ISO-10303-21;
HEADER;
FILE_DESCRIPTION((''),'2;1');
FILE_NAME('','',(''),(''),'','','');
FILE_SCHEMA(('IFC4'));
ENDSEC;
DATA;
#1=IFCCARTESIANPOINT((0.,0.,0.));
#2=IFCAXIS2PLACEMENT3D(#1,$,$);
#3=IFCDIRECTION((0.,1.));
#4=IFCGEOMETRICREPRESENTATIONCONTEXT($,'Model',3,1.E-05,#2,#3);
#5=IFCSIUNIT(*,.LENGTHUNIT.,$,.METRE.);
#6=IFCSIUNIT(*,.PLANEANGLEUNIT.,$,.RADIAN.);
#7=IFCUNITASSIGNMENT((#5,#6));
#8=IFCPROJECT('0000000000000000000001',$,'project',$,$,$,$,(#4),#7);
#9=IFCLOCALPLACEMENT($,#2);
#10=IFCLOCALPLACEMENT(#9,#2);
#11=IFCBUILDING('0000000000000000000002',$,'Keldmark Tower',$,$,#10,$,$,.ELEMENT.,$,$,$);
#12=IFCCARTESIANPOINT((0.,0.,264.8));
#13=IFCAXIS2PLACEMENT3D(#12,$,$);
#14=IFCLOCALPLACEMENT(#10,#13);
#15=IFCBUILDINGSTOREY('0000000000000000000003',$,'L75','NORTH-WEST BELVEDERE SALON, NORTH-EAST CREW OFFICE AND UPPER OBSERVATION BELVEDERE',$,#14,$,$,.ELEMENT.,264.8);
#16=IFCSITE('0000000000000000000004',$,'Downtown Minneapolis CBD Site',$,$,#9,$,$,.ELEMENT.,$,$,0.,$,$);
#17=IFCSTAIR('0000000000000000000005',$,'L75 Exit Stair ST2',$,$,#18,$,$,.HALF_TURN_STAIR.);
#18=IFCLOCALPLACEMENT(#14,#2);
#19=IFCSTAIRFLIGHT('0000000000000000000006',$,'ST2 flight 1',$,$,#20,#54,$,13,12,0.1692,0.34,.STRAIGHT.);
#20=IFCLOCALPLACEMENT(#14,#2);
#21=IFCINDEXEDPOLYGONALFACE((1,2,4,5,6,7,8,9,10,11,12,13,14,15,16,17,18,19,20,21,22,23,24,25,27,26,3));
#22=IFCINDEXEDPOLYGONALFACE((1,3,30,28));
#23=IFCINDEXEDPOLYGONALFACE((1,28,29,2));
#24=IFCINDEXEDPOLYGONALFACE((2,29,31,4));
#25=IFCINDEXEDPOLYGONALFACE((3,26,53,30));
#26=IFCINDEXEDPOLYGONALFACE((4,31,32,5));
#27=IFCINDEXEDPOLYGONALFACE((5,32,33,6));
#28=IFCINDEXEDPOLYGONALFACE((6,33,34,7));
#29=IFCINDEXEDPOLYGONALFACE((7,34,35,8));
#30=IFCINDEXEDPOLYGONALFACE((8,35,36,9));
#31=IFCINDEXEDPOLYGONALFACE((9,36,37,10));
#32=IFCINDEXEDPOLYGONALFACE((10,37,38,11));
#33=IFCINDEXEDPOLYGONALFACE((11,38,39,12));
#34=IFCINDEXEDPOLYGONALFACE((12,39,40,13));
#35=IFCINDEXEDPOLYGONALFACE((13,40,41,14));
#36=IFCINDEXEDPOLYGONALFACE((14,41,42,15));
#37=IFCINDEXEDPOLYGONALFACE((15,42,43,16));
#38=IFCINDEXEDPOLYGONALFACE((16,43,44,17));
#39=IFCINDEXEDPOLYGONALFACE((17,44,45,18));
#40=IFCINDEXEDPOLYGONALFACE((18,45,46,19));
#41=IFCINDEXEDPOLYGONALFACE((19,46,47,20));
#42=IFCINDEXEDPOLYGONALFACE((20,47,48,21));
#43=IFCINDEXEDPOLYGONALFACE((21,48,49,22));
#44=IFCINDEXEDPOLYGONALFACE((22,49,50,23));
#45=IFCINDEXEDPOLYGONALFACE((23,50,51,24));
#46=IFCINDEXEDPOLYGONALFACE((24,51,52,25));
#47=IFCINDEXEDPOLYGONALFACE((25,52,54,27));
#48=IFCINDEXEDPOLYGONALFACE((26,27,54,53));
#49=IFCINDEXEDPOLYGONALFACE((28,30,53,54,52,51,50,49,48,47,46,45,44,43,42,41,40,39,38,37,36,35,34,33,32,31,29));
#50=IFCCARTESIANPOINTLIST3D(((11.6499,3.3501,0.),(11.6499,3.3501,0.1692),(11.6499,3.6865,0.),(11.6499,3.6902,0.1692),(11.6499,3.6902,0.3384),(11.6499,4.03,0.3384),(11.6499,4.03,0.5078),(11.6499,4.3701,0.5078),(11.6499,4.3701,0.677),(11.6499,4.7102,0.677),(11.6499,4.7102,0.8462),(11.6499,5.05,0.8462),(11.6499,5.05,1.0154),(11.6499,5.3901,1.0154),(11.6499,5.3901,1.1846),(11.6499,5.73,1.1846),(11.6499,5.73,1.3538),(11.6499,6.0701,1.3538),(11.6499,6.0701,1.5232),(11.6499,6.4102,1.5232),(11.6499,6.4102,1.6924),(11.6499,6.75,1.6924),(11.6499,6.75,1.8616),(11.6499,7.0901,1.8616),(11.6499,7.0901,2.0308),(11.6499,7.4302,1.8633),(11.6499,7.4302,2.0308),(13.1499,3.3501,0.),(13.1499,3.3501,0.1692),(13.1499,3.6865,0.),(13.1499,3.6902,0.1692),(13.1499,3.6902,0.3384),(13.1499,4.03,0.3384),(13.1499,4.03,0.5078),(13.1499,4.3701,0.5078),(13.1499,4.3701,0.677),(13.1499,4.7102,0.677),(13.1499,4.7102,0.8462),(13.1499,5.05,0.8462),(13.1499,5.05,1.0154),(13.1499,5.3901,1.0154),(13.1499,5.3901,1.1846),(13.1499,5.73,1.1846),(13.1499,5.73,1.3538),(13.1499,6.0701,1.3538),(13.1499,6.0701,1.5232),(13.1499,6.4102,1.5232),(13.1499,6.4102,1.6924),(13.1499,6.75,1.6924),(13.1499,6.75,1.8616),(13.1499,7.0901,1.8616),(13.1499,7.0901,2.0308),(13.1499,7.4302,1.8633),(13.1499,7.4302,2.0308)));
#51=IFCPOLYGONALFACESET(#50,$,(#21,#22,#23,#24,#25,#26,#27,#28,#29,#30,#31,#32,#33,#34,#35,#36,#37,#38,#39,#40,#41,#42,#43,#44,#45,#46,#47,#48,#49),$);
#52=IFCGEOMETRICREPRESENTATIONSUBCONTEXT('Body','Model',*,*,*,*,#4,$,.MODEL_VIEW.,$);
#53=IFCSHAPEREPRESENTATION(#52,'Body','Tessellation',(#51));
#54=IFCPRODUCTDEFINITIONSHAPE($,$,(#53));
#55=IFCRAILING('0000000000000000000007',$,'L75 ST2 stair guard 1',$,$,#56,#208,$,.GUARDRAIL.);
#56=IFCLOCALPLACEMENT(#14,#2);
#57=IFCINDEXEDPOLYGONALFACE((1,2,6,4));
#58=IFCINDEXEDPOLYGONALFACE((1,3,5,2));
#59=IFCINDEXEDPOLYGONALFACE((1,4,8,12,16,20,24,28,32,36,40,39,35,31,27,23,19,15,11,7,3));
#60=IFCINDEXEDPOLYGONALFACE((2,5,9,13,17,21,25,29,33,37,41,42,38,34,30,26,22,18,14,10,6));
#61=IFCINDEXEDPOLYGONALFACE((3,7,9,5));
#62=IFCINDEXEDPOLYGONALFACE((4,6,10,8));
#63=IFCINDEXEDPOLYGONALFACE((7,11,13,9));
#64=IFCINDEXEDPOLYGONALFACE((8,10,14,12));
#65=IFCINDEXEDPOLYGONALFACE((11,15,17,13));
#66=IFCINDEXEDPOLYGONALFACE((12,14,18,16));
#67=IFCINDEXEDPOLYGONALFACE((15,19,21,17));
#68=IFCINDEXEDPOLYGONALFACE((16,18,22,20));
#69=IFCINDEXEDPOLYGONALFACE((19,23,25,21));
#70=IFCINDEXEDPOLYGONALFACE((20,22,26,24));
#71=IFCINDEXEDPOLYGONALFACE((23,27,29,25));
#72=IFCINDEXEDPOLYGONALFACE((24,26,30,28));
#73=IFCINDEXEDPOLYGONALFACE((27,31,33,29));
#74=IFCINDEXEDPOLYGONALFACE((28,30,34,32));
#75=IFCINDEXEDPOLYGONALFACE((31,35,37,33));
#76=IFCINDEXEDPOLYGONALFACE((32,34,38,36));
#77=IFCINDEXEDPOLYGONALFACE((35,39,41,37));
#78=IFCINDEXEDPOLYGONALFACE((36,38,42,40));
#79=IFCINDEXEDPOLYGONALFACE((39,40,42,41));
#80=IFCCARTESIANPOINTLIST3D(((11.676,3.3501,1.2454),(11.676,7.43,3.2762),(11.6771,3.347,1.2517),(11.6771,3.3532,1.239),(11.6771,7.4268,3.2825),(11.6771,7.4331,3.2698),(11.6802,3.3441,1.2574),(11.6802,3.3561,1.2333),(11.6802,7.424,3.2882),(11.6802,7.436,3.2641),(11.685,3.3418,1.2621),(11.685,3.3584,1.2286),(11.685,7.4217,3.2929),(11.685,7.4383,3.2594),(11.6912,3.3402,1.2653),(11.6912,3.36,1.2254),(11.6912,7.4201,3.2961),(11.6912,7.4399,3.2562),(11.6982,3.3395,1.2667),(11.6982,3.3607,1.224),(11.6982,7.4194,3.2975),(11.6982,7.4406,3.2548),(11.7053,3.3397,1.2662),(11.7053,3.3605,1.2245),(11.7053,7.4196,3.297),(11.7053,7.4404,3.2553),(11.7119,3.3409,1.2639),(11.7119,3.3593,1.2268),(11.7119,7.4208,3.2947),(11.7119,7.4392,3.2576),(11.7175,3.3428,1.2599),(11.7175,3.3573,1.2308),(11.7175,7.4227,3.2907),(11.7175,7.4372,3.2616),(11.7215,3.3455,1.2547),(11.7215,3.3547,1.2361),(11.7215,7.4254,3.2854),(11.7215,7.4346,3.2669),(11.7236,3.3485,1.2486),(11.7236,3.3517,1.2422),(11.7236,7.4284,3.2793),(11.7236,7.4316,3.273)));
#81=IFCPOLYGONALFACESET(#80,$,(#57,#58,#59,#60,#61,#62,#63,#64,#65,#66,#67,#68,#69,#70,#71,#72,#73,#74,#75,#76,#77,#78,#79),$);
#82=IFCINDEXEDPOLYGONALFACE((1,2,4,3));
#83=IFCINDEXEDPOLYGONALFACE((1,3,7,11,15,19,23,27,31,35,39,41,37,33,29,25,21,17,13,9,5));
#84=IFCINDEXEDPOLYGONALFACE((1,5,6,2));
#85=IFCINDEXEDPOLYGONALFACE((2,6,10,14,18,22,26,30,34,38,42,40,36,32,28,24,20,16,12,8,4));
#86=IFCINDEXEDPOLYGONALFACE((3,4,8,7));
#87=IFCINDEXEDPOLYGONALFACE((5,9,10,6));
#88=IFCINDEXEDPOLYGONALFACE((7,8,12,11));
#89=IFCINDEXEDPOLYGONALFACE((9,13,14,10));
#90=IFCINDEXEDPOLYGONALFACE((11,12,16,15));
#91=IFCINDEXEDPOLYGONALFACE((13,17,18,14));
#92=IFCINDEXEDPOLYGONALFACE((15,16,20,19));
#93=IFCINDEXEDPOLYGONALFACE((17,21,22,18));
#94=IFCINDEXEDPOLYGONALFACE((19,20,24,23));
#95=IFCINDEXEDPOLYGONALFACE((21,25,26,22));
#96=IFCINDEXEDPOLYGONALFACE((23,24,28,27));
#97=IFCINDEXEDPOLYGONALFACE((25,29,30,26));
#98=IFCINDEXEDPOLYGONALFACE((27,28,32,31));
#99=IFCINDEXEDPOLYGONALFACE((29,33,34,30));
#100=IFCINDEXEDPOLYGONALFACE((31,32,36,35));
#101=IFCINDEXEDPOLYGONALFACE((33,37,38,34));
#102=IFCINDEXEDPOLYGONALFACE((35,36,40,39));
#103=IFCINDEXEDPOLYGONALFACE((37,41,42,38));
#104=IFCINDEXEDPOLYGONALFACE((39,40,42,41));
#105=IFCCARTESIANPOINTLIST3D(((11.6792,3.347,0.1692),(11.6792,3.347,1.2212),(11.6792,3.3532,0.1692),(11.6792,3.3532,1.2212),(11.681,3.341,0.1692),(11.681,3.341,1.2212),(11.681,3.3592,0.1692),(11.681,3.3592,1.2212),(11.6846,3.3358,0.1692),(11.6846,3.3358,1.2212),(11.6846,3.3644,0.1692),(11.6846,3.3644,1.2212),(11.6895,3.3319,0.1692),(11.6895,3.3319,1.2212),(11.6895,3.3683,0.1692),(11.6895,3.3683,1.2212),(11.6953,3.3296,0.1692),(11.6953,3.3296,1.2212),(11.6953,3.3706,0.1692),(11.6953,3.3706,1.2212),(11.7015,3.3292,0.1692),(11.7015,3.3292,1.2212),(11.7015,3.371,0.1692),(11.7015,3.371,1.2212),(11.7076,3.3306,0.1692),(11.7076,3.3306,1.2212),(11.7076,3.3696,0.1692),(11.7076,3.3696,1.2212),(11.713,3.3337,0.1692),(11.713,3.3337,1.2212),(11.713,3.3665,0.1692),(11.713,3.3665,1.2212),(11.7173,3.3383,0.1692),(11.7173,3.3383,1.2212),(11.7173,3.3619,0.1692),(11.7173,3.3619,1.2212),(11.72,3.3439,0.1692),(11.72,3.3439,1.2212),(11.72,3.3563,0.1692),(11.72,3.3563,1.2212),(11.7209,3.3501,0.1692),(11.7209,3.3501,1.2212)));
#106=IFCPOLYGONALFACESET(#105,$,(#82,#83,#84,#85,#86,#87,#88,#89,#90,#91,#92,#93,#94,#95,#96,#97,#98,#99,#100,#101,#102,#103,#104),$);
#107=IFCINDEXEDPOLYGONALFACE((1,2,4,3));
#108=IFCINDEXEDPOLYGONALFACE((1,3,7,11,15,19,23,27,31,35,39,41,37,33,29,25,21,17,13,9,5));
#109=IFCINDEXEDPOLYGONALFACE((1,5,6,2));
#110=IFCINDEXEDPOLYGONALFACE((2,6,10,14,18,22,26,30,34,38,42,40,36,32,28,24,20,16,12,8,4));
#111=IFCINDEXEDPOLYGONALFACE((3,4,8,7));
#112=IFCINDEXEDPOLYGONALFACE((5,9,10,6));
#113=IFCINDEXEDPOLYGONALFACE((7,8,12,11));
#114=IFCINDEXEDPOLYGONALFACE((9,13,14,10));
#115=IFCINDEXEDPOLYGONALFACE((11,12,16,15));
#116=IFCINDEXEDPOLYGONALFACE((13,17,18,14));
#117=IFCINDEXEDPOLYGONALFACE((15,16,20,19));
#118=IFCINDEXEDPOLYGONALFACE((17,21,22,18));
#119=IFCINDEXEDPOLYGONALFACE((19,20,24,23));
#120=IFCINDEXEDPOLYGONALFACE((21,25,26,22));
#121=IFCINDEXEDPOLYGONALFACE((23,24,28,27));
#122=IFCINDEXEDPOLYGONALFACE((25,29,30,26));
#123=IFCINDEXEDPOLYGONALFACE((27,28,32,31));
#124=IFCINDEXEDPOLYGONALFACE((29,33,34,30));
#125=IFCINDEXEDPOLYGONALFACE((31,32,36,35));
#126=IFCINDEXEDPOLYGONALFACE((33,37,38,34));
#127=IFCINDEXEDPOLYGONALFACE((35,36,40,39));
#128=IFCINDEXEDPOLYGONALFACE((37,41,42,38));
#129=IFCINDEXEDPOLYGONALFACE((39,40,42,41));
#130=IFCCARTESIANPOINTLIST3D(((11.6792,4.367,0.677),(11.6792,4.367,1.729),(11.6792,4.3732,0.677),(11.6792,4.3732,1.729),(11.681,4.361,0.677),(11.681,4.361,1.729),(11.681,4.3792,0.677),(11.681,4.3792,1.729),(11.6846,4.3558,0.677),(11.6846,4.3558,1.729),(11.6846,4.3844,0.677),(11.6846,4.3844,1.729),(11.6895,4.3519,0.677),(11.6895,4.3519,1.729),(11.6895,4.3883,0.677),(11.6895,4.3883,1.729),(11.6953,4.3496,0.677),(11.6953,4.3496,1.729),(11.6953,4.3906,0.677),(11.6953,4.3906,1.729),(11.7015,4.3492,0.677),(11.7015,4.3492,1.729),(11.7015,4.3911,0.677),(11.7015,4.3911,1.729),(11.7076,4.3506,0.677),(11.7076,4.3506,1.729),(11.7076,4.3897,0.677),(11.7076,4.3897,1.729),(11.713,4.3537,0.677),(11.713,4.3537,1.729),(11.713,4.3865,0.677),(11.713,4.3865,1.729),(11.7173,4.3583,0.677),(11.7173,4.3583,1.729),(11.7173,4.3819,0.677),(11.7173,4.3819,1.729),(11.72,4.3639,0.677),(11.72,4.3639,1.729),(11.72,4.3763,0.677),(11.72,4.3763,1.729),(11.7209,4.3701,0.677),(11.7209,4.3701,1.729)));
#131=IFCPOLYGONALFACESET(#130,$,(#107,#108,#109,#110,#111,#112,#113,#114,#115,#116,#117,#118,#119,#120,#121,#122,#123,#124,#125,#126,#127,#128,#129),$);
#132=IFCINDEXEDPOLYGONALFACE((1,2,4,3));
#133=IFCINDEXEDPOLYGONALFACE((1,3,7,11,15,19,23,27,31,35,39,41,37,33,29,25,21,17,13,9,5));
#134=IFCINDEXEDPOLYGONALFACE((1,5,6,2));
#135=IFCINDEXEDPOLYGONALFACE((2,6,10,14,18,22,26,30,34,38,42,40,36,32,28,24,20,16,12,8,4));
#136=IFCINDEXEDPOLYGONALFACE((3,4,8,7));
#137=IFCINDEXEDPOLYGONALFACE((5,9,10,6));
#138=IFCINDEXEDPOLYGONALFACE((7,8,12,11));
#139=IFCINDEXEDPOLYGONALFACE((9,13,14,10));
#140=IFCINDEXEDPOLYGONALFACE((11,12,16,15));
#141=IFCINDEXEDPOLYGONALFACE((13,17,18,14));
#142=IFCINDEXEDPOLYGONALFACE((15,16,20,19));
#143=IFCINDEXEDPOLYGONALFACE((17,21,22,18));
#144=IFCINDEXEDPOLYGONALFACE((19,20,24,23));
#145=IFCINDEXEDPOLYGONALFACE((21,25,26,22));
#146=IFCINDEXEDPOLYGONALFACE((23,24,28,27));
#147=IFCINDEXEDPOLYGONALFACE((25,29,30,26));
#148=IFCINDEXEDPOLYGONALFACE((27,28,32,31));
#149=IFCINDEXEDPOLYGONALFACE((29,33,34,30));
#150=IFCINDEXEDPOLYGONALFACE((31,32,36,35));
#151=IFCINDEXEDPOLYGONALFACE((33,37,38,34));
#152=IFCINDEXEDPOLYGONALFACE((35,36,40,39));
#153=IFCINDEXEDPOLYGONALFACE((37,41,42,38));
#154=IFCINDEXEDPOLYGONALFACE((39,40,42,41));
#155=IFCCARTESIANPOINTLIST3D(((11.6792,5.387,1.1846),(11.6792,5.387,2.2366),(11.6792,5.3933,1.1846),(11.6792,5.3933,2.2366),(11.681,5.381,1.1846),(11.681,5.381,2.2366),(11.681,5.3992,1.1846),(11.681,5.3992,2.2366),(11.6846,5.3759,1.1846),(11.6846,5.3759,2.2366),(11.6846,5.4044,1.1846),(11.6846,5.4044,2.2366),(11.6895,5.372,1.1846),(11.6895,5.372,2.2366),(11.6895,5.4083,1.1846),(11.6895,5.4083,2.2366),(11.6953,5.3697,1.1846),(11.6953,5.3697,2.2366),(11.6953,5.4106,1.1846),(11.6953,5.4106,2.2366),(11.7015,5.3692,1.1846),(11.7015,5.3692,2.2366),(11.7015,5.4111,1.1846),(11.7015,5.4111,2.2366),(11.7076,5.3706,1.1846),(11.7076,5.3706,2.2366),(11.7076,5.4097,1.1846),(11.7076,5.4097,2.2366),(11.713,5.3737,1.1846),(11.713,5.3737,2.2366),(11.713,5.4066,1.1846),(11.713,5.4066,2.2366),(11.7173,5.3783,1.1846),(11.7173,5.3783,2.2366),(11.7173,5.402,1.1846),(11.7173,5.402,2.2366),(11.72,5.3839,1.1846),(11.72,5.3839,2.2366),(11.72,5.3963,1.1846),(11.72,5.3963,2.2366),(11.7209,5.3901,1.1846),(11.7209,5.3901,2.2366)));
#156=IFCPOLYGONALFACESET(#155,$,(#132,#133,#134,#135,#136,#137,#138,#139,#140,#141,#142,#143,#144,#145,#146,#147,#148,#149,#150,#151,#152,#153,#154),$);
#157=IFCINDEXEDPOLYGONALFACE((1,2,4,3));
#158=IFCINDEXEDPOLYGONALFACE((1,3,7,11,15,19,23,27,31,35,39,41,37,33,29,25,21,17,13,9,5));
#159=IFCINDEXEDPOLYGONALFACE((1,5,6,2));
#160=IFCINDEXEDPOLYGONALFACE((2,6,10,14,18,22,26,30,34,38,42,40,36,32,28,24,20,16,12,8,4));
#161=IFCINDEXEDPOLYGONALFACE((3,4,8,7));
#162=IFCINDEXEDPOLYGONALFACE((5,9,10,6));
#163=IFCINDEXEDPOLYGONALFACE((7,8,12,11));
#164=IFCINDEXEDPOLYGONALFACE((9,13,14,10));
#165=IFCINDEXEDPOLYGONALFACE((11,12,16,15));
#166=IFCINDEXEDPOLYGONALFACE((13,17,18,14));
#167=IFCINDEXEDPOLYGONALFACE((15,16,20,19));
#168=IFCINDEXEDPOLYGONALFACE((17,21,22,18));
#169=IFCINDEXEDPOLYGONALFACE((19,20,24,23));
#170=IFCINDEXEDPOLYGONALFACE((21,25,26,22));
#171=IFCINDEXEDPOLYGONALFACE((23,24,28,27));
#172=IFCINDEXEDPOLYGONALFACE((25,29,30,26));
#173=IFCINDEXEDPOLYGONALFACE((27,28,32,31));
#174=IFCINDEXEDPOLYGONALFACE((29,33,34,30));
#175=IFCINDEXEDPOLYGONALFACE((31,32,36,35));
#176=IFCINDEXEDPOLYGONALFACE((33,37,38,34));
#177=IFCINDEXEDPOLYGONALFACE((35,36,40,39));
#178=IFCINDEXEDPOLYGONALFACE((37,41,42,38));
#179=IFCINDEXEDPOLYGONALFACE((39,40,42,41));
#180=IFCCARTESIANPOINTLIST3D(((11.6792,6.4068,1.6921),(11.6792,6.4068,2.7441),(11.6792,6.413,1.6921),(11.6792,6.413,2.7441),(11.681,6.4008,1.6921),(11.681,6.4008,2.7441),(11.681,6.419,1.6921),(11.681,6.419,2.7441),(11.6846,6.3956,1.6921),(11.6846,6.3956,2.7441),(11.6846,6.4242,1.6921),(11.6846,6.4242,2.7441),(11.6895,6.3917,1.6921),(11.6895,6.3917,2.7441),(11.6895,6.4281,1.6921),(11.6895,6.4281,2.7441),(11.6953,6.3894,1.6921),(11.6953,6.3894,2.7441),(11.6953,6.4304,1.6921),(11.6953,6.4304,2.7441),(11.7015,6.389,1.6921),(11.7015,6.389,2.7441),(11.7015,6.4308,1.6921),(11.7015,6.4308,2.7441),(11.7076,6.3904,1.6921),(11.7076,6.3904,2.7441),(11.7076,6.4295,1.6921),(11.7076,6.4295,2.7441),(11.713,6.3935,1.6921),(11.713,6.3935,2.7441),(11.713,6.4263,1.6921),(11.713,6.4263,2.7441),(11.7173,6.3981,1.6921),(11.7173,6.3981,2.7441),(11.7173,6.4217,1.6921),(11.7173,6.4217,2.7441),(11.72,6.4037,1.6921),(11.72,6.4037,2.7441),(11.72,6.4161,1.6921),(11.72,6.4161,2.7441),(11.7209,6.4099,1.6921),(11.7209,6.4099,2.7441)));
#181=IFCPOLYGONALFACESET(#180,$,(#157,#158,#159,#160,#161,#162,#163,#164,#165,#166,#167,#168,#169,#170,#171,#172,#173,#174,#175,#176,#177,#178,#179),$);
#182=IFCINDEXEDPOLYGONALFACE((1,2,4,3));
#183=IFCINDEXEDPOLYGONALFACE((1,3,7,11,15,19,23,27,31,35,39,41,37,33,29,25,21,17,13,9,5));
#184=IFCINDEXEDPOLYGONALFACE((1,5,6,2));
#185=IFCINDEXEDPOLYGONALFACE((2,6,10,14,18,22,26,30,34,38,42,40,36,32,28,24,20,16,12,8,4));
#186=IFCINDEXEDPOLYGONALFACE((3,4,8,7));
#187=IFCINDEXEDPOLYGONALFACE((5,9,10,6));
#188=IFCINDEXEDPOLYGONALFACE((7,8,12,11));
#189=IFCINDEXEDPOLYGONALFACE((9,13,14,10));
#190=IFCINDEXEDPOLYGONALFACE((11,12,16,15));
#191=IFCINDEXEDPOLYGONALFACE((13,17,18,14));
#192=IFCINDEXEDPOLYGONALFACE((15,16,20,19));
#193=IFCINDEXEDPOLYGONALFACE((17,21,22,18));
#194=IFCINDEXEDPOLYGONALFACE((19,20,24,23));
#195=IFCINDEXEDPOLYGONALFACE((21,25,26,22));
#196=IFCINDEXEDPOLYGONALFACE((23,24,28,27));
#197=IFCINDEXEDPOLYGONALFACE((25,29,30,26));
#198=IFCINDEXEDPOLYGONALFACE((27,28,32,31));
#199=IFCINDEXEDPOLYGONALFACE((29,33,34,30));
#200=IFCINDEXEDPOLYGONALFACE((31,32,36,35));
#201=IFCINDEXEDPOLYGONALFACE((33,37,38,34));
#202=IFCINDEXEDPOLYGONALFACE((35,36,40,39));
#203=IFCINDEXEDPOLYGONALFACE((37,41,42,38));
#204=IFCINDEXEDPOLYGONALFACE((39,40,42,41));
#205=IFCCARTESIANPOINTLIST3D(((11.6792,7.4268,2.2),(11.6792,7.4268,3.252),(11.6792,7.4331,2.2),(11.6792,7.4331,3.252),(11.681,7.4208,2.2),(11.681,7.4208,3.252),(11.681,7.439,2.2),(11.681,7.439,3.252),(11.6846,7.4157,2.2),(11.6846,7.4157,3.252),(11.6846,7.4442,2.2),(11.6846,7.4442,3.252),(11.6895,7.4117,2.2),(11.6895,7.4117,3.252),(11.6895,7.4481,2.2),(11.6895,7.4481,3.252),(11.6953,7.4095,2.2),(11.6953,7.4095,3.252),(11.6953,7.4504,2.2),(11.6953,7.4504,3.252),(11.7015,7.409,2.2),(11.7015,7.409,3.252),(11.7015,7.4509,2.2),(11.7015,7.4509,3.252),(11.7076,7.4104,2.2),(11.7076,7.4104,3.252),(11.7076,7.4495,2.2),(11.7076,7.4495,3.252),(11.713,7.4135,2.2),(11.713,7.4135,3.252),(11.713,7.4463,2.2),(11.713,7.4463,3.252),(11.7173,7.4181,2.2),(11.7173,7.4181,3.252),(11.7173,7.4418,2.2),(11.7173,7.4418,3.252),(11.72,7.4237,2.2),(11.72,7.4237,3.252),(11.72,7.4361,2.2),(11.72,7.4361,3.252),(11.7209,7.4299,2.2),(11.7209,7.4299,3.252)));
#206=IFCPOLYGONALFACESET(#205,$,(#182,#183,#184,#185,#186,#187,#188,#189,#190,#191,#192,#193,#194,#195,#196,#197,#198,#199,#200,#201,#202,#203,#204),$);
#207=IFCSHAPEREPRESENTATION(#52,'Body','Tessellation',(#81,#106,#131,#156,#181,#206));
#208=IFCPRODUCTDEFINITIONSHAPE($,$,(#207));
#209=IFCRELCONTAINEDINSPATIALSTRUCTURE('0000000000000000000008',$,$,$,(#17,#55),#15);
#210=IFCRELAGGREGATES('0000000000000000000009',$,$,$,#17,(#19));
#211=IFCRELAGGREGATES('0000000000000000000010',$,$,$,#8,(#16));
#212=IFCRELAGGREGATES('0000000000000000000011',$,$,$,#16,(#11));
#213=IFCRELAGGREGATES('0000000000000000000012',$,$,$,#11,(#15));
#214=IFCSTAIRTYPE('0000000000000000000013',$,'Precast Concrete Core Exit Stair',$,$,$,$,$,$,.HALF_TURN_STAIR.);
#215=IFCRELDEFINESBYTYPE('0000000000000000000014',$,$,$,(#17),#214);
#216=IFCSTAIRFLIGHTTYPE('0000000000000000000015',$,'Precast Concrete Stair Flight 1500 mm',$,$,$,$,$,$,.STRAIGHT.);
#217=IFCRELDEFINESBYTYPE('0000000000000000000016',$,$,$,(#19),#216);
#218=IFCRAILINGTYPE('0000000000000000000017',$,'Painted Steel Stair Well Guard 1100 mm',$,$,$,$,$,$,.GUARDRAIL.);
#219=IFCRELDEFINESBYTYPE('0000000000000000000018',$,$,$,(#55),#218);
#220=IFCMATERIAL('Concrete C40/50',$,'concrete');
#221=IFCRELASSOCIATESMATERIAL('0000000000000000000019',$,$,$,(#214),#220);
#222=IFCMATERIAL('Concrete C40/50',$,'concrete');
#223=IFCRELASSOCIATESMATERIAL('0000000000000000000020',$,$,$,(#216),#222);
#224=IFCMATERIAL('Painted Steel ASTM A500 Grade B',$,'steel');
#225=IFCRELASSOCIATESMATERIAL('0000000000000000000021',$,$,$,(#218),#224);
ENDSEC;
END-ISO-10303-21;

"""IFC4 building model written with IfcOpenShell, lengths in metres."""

from ifc_helpers import new_model, si_unit, direction, frame, origin, origin_2d, place, context, subcontext, project, spatial, polyline, circle, outline, extrude, material, type_object, element, aggregate, save


model = new_model("IFC4")

# Units and contexts
model_context = context("Model", 3, precision=1e-05, world=origin(), true_north=direction((0.0, 1.0)))
body_context = subcontext(model_context, "Body", "Model", "MODEL_VIEW")
ifc_project = project(units=[si_unit("LENGTHUNIT", "METRE"), si_unit("PLANEANGLEUNIT", "RADIAN")], contexts=[model_context])

# Site, building, storey
site_placement = place(None, origin())
site = spatial("IfcSite", under=ifc_project, at=site_placement, Name="Downtown Minneapolis CBD Site", CompositionType="ELEMENT", RefElevation=0.0)
building_placement = place(site_placement, origin())
building = spatial("IfcBuilding", under=site, at=building_placement, Name="Keldmark Tower", CompositionType="ELEMENT")
storey_placement = place(building_placement, frame((0.0, 0.0, 264.8)))
storey = spatial("IfcBuildingStorey", under=building, at=storey_placement, Name="L75", Description="NORTH-WEST BELVEDERE SALON, NORTH-EAST CREW OFFICE AND UPPER OBSERVATION BELVEDERE", CompositionType="ELEMENT", Elevation=264.8)

# Stair, stair flight
ifc_material_1 = material(Name="Concrete C40/50", Category="concrete")
stair_type = type_object("IfcStairType", Name="Precast Concrete Core Exit Stair", PredefinedType="HALF_TURN_STAIR", material=ifc_material_1)
stair_placement = place(storey_placement, origin())
stair = element("IfcStair", 1, at=stair_placement, inside=storey, type_object=stair_type, Name="L75 Exit Stair ST2", PredefinedType="HALF_TURN_STAIR")
ifc_material_2 = material(Name="Concrete C40/50", Category="concrete")
stair_flight_type = type_object("IfcStairFlightType", Name="Precast Concrete Stair Flight 1500 mm", PredefinedType="STRAIGHT", material=ifc_material_2)
stair_flight_placement = place(storey_placement, frame((12.3999, 3.3501, 0.0), z_axis=(0.0, 0.0, 1.0), x_axis=(0.0, 1.0, 0.0)))
stair_flight = element("IfcStairFlight", 2, at=stair_flight_placement, type_object=stair_flight_type, Name="ST2 flight 1", NumberOfRisers=13, NumberOfTreads=12, PredefinedType="STRAIGHT", RiserHeight=0.1692, TreadLength=0.34, context=body_context, shape_type="SweptSolid", body=[
    extrude(outline(polyline([(0.0, 0.0), (0.0, 0.1692), (0.3401, 0.1692), (0.3401, 0.3384), (0.6799, 0.3384), (0.6799, 0.5078), (1.02, 0.5078), (1.02, 0.677), (1.3601, 0.677), (1.3601, 0.8462), (1.7, 0.8462), (1.7, 1.0154), (2.04, 1.0154), (2.04, 1.1846), (2.3799, 1.1846), (2.3799, 1.3538), (2.72, 1.3538), (2.72, 1.5232), (3.0601, 1.5232), (3.0601, 1.6924), (3.3999, 1.6924), (3.3999, 1.8616), (3.74, 1.8616), (3.74, 2.0308), (4.0801, 2.0308), (4.0801, 2.2), (4.0801, 1.8633), (0.3364, 0.0), (0.0, 0.0)])), frame((0.0, 0.75, 0.0), z_axis=(0.0, -1.0, 0.0), x_axis=(1.0, 0.0, 0.0)), (0.0, 0.0, 1.0), 1.5),
])
aggregate(stair, [stair_flight])

# Railing
ifc_material_3 = material(Name="Painted Steel ASTM A500 Grade B", Category="steel")
railing_type_1 = type_object("IfcRailingType", Name="Painted Steel Stair Well Guard 1100 mm", PredefinedType="GUARDRAIL", material=ifc_material_3)
railing_1_placement = place(storey_placement, frame((11.7, 3.3501, 0.1692)))
element("IfcRailing", 3, at=railing_1_placement, inside=storey, type_object=railing_type_1, Name="L75 ST2 stair guard 1", PredefinedType="GUARDRAIL", context=body_context, shape_type="SweptSolid", body=[
    extrude(circle(Radius=0.0239, at=origin_2d()), frame((0.0, 0.0, 1.0762), z_axis=(0.0, 0.895229, 0.445606), x_axis=(-1.0, 0.0, 0.0)), (0.0, 0.0, 1.0), 4.5574),
    extrude(circle(Radius=0.021, at=origin_2d()), origin(), (0.0, 0.0, 1.0), 1.052),
    extrude(circle(Radius=0.021, at=origin_2d()), frame((0.0, 1.02, 0.5078)), (0.0, 0.0, 1.0), 1.052),
    extrude(circle(Radius=0.021, at=origin_2d()), frame((0.0, 2.04, 1.0154)), (0.0, 0.0, 1.0), 1.052),
    extrude(circle(Radius=0.021, at=origin_2d()), frame((0.0, 3.0598, 1.5229)), (0.0, 0.0, 1.0), 1.052),
    extrude(circle(Radius=0.021, at=origin_2d()), frame((0.0, 4.0798, 2.0308)), (0.0, 0.0, 1.0), 1.052),
])

save(model, "model.ifc")
